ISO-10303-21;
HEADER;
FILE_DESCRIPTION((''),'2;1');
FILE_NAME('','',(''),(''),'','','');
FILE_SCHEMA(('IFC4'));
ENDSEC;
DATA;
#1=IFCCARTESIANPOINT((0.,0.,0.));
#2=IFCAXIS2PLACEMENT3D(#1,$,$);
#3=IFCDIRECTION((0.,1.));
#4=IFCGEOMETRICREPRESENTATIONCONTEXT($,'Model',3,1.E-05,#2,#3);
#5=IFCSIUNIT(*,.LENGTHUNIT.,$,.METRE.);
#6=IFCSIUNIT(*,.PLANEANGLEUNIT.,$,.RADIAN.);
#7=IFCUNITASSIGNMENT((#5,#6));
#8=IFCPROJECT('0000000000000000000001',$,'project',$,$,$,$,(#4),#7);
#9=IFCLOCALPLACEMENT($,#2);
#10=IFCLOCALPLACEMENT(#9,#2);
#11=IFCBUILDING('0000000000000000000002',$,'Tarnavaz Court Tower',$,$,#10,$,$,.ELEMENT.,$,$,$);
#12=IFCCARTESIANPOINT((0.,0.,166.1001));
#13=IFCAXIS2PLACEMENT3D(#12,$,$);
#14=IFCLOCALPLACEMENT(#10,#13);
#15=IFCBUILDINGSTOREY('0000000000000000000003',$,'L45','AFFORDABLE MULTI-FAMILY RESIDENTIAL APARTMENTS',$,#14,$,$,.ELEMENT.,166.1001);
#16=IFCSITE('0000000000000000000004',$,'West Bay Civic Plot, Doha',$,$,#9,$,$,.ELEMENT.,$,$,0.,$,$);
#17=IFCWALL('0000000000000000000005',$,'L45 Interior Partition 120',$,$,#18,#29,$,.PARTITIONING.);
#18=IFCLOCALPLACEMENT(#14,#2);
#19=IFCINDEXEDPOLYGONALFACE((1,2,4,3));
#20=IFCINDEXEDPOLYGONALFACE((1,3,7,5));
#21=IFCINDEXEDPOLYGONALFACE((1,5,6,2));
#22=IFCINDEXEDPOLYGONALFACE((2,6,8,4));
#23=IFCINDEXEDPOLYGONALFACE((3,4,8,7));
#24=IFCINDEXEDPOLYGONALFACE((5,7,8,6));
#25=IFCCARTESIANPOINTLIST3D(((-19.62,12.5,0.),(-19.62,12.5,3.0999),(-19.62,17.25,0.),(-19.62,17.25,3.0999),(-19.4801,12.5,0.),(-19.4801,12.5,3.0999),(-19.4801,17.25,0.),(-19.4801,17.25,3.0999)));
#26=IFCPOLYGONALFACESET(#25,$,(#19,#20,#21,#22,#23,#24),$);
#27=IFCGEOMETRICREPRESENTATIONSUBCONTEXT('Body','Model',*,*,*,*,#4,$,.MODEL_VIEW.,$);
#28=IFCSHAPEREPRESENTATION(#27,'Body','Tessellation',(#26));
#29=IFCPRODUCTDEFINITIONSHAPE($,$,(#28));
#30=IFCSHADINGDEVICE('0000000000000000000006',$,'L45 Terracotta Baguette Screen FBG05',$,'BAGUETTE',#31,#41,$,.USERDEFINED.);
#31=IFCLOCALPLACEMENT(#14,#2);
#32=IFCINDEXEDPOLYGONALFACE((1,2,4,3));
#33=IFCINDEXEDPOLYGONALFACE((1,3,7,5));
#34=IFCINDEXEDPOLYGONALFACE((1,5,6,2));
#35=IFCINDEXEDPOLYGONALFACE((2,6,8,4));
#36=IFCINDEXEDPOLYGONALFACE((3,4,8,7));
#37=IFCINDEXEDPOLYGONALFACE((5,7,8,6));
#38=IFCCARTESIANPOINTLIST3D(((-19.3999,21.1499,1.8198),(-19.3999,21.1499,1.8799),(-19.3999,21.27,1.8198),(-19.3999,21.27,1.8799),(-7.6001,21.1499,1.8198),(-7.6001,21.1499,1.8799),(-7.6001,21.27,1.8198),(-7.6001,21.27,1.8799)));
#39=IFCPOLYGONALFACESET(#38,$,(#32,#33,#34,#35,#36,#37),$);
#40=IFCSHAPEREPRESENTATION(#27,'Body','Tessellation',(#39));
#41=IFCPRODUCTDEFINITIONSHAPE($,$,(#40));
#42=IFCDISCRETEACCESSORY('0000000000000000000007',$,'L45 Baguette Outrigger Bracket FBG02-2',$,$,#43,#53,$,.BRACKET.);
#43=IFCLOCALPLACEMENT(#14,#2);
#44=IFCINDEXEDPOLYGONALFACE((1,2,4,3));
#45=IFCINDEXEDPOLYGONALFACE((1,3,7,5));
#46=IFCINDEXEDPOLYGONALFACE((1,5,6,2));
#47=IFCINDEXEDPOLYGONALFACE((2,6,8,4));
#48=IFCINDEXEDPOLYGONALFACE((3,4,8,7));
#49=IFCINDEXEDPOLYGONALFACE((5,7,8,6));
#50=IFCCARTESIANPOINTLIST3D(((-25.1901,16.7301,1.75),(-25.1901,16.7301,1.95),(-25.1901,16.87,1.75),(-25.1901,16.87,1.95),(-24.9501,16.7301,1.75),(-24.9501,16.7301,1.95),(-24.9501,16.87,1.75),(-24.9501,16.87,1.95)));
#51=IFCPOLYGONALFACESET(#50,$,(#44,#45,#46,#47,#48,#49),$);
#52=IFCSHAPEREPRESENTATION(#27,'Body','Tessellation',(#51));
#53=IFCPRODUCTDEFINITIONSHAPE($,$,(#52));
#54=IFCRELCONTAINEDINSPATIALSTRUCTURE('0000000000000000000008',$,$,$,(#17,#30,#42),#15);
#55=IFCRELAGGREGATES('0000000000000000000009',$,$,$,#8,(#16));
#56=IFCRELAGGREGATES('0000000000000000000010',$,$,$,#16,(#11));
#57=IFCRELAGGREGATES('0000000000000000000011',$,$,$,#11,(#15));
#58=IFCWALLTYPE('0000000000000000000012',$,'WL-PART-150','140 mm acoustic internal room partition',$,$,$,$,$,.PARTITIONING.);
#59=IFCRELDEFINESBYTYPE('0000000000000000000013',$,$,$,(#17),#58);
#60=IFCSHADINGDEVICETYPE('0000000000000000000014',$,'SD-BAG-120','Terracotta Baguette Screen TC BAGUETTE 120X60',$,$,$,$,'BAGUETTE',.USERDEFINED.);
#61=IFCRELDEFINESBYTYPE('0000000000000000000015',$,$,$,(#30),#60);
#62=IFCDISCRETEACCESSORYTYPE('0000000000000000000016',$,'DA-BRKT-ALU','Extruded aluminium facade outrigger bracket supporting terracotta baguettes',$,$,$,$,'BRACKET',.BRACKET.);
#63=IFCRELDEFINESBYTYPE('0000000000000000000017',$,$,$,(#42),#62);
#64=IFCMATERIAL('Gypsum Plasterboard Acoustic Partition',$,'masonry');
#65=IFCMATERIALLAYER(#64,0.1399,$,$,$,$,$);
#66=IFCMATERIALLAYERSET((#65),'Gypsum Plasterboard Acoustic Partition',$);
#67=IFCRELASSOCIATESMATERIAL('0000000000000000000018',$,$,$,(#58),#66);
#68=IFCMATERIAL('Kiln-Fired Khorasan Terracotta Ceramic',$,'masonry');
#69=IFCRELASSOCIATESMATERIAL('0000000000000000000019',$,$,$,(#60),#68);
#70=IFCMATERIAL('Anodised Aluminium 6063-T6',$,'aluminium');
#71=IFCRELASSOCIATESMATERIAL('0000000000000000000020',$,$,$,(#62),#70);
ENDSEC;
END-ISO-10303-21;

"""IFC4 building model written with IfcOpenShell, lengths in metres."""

from ifc_helpers import new_model, si_unit, direction, frame, frame_2d, origin, origin_2d, place, context, subcontext, project, spatial, rectangle, extrude, material, layer, layer_set, material_profile, profile_set, type_object, element, save


model = new_model("IFC4")

# Units and contexts
model_context = context("Model", 3, precision=1e-05, world=origin(), true_north=direction((0.0, 1.0)))
body_context = subcontext(model_context, "Body", "Model", "MODEL_VIEW")
ifc_project = project(units=[si_unit("LENGTHUNIT", "METRE"), si_unit("PLANEANGLEUNIT", "RADIAN")], contexts=[model_context])

# Site, building, storey
site_placement = place(None, origin())
site = spatial("IfcSite", under=ifc_project, at=site_placement, Name="West Bay Civic Plot, Doha", CompositionType="ELEMENT", RefElevation=0.0)
building_placement = place(site_placement, origin())
building = spatial("IfcBuilding", under=site, at=building_placement, Name="Tarnavaz Court Tower", CompositionType="ELEMENT")
storey_placement = place(building_placement, frame((0.0, 0.0, 166.1001)))
storey = spatial("IfcBuildingStorey", under=building, at=storey_placement, Name="L45", Description="AFFORDABLE MULTI-FAMILY RESIDENTIAL APARTMENTS", CompositionType="ELEMENT", Elevation=166.1001)

# Wall
ifc_material_1 = material(Name="Gypsum Plasterboard Acoustic Partition", Category="masonry")
ifc_layer_1 = layer(ifc_material_1, 0.1399)
ifc_layer_set_1 = layer_set([ifc_layer_1], Name="Gypsum Plasterboard Acoustic Partition")
wall_type_1 = type_object("IfcWallType", Name="WL-PART-150", Description="140 mm acoustic internal room partition", PredefinedType="PARTITIONING", material=ifc_layer_set_1)
wall_1_placement = place(storey_placement, frame((-19.55, 12.5, 0.0), z_axis=(0.0, 0.0, 1.0), x_axis=(0.0, 1.0, 0.0)))
element("IfcWall", 1, at=wall_1_placement, inside=storey, type_object=wall_type_1, Name="L45 Interior Partition 120", PredefinedType="PARTITIONING", context=body_context, shape_type="SweptSolid", body=[
    extrude(rectangle(XDim=4.75, YDim=0.1399, at=frame_2d((2.375, 0.0))), origin(), (0.0, 0.0, 1.0), 3.0999),
])

# Shading device
ifc_material_2 = material(Name="Kiln-Fired Khorasan Terracotta Ceramic", Category="masonry")
ifc_material_profile_1 = material_profile(ifc_material_2, rectangle(XDim=0.1201, YDim=0.0601, at=origin_2d()), Name="TC BAGUETTE 120X60")
ifc_profile_set_1 = profile_set([ifc_material_profile_1], Name="Kiln-Fired Khorasan Terracotta Ceramic")
shading_device_type = type_object("IfcShadingDeviceType", Name="SD-BAG-120", Description="Terracotta Baguette Screen TC BAGUETTE 120X60", ElementType="BAGUETTE", PredefinedType="USERDEFINED", material=ifc_profile_set_1)
shading_device_placement = place(storey_placement, frame((-19.3999, 21.21, 1.8499), z_axis=(1.0, 0.0, 0.0), x_axis=(0.0, 1.0, 0.0)))
element("IfcShadingDevice", 2, at=shading_device_placement, inside=storey, type_object=shading_device_type, Name="L45 Terracotta Baguette Screen FBG05", ObjectType="BAGUETTE", PredefinedType="USERDEFINED", context=body_context, shape_type="SweptSolid", body=[
    extrude(rectangle(XDim=0.1201, YDim=0.0601, at=origin_2d()), origin(), (0.0, 0.0, 1.0), 11.7998),
])

# Discrete accessory
ifc_material_3 = material(Name="Anodised Aluminium 6063-T6", Category="aluminium")
discrete_accessory_type = type_object("IfcDiscreteAccessoryType", Name="DA-BRKT-ALU", Description="Extruded aluminium facade outrigger bracket supporting terracotta baguettes", ElementType="BRACKET", PredefinedType="BRACKET", material=ifc_material_3)
discrete_accessory_placement = place(storey_placement, frame((-25.0701, 16.8, 1.75), z_axis=(0.0, 0.0, 1.0), x_axis=(0.0, 1.0, 0.0)))
element("IfcDiscreteAccessory", 3, at=discrete_accessory_placement, inside=storey, type_object=discrete_accessory_type, Name="L45 Baguette Outrigger Bracket FBG02-2", PredefinedType="BRACKET", context=body_context, shape_type="SweptSolid", body=[
    extrude(rectangle(XDim=0.1399, YDim=0.24, at=origin_2d()), origin(), (0.0, 0.0, 1.0), 0.2),
])

save(model, "model.ifc")
